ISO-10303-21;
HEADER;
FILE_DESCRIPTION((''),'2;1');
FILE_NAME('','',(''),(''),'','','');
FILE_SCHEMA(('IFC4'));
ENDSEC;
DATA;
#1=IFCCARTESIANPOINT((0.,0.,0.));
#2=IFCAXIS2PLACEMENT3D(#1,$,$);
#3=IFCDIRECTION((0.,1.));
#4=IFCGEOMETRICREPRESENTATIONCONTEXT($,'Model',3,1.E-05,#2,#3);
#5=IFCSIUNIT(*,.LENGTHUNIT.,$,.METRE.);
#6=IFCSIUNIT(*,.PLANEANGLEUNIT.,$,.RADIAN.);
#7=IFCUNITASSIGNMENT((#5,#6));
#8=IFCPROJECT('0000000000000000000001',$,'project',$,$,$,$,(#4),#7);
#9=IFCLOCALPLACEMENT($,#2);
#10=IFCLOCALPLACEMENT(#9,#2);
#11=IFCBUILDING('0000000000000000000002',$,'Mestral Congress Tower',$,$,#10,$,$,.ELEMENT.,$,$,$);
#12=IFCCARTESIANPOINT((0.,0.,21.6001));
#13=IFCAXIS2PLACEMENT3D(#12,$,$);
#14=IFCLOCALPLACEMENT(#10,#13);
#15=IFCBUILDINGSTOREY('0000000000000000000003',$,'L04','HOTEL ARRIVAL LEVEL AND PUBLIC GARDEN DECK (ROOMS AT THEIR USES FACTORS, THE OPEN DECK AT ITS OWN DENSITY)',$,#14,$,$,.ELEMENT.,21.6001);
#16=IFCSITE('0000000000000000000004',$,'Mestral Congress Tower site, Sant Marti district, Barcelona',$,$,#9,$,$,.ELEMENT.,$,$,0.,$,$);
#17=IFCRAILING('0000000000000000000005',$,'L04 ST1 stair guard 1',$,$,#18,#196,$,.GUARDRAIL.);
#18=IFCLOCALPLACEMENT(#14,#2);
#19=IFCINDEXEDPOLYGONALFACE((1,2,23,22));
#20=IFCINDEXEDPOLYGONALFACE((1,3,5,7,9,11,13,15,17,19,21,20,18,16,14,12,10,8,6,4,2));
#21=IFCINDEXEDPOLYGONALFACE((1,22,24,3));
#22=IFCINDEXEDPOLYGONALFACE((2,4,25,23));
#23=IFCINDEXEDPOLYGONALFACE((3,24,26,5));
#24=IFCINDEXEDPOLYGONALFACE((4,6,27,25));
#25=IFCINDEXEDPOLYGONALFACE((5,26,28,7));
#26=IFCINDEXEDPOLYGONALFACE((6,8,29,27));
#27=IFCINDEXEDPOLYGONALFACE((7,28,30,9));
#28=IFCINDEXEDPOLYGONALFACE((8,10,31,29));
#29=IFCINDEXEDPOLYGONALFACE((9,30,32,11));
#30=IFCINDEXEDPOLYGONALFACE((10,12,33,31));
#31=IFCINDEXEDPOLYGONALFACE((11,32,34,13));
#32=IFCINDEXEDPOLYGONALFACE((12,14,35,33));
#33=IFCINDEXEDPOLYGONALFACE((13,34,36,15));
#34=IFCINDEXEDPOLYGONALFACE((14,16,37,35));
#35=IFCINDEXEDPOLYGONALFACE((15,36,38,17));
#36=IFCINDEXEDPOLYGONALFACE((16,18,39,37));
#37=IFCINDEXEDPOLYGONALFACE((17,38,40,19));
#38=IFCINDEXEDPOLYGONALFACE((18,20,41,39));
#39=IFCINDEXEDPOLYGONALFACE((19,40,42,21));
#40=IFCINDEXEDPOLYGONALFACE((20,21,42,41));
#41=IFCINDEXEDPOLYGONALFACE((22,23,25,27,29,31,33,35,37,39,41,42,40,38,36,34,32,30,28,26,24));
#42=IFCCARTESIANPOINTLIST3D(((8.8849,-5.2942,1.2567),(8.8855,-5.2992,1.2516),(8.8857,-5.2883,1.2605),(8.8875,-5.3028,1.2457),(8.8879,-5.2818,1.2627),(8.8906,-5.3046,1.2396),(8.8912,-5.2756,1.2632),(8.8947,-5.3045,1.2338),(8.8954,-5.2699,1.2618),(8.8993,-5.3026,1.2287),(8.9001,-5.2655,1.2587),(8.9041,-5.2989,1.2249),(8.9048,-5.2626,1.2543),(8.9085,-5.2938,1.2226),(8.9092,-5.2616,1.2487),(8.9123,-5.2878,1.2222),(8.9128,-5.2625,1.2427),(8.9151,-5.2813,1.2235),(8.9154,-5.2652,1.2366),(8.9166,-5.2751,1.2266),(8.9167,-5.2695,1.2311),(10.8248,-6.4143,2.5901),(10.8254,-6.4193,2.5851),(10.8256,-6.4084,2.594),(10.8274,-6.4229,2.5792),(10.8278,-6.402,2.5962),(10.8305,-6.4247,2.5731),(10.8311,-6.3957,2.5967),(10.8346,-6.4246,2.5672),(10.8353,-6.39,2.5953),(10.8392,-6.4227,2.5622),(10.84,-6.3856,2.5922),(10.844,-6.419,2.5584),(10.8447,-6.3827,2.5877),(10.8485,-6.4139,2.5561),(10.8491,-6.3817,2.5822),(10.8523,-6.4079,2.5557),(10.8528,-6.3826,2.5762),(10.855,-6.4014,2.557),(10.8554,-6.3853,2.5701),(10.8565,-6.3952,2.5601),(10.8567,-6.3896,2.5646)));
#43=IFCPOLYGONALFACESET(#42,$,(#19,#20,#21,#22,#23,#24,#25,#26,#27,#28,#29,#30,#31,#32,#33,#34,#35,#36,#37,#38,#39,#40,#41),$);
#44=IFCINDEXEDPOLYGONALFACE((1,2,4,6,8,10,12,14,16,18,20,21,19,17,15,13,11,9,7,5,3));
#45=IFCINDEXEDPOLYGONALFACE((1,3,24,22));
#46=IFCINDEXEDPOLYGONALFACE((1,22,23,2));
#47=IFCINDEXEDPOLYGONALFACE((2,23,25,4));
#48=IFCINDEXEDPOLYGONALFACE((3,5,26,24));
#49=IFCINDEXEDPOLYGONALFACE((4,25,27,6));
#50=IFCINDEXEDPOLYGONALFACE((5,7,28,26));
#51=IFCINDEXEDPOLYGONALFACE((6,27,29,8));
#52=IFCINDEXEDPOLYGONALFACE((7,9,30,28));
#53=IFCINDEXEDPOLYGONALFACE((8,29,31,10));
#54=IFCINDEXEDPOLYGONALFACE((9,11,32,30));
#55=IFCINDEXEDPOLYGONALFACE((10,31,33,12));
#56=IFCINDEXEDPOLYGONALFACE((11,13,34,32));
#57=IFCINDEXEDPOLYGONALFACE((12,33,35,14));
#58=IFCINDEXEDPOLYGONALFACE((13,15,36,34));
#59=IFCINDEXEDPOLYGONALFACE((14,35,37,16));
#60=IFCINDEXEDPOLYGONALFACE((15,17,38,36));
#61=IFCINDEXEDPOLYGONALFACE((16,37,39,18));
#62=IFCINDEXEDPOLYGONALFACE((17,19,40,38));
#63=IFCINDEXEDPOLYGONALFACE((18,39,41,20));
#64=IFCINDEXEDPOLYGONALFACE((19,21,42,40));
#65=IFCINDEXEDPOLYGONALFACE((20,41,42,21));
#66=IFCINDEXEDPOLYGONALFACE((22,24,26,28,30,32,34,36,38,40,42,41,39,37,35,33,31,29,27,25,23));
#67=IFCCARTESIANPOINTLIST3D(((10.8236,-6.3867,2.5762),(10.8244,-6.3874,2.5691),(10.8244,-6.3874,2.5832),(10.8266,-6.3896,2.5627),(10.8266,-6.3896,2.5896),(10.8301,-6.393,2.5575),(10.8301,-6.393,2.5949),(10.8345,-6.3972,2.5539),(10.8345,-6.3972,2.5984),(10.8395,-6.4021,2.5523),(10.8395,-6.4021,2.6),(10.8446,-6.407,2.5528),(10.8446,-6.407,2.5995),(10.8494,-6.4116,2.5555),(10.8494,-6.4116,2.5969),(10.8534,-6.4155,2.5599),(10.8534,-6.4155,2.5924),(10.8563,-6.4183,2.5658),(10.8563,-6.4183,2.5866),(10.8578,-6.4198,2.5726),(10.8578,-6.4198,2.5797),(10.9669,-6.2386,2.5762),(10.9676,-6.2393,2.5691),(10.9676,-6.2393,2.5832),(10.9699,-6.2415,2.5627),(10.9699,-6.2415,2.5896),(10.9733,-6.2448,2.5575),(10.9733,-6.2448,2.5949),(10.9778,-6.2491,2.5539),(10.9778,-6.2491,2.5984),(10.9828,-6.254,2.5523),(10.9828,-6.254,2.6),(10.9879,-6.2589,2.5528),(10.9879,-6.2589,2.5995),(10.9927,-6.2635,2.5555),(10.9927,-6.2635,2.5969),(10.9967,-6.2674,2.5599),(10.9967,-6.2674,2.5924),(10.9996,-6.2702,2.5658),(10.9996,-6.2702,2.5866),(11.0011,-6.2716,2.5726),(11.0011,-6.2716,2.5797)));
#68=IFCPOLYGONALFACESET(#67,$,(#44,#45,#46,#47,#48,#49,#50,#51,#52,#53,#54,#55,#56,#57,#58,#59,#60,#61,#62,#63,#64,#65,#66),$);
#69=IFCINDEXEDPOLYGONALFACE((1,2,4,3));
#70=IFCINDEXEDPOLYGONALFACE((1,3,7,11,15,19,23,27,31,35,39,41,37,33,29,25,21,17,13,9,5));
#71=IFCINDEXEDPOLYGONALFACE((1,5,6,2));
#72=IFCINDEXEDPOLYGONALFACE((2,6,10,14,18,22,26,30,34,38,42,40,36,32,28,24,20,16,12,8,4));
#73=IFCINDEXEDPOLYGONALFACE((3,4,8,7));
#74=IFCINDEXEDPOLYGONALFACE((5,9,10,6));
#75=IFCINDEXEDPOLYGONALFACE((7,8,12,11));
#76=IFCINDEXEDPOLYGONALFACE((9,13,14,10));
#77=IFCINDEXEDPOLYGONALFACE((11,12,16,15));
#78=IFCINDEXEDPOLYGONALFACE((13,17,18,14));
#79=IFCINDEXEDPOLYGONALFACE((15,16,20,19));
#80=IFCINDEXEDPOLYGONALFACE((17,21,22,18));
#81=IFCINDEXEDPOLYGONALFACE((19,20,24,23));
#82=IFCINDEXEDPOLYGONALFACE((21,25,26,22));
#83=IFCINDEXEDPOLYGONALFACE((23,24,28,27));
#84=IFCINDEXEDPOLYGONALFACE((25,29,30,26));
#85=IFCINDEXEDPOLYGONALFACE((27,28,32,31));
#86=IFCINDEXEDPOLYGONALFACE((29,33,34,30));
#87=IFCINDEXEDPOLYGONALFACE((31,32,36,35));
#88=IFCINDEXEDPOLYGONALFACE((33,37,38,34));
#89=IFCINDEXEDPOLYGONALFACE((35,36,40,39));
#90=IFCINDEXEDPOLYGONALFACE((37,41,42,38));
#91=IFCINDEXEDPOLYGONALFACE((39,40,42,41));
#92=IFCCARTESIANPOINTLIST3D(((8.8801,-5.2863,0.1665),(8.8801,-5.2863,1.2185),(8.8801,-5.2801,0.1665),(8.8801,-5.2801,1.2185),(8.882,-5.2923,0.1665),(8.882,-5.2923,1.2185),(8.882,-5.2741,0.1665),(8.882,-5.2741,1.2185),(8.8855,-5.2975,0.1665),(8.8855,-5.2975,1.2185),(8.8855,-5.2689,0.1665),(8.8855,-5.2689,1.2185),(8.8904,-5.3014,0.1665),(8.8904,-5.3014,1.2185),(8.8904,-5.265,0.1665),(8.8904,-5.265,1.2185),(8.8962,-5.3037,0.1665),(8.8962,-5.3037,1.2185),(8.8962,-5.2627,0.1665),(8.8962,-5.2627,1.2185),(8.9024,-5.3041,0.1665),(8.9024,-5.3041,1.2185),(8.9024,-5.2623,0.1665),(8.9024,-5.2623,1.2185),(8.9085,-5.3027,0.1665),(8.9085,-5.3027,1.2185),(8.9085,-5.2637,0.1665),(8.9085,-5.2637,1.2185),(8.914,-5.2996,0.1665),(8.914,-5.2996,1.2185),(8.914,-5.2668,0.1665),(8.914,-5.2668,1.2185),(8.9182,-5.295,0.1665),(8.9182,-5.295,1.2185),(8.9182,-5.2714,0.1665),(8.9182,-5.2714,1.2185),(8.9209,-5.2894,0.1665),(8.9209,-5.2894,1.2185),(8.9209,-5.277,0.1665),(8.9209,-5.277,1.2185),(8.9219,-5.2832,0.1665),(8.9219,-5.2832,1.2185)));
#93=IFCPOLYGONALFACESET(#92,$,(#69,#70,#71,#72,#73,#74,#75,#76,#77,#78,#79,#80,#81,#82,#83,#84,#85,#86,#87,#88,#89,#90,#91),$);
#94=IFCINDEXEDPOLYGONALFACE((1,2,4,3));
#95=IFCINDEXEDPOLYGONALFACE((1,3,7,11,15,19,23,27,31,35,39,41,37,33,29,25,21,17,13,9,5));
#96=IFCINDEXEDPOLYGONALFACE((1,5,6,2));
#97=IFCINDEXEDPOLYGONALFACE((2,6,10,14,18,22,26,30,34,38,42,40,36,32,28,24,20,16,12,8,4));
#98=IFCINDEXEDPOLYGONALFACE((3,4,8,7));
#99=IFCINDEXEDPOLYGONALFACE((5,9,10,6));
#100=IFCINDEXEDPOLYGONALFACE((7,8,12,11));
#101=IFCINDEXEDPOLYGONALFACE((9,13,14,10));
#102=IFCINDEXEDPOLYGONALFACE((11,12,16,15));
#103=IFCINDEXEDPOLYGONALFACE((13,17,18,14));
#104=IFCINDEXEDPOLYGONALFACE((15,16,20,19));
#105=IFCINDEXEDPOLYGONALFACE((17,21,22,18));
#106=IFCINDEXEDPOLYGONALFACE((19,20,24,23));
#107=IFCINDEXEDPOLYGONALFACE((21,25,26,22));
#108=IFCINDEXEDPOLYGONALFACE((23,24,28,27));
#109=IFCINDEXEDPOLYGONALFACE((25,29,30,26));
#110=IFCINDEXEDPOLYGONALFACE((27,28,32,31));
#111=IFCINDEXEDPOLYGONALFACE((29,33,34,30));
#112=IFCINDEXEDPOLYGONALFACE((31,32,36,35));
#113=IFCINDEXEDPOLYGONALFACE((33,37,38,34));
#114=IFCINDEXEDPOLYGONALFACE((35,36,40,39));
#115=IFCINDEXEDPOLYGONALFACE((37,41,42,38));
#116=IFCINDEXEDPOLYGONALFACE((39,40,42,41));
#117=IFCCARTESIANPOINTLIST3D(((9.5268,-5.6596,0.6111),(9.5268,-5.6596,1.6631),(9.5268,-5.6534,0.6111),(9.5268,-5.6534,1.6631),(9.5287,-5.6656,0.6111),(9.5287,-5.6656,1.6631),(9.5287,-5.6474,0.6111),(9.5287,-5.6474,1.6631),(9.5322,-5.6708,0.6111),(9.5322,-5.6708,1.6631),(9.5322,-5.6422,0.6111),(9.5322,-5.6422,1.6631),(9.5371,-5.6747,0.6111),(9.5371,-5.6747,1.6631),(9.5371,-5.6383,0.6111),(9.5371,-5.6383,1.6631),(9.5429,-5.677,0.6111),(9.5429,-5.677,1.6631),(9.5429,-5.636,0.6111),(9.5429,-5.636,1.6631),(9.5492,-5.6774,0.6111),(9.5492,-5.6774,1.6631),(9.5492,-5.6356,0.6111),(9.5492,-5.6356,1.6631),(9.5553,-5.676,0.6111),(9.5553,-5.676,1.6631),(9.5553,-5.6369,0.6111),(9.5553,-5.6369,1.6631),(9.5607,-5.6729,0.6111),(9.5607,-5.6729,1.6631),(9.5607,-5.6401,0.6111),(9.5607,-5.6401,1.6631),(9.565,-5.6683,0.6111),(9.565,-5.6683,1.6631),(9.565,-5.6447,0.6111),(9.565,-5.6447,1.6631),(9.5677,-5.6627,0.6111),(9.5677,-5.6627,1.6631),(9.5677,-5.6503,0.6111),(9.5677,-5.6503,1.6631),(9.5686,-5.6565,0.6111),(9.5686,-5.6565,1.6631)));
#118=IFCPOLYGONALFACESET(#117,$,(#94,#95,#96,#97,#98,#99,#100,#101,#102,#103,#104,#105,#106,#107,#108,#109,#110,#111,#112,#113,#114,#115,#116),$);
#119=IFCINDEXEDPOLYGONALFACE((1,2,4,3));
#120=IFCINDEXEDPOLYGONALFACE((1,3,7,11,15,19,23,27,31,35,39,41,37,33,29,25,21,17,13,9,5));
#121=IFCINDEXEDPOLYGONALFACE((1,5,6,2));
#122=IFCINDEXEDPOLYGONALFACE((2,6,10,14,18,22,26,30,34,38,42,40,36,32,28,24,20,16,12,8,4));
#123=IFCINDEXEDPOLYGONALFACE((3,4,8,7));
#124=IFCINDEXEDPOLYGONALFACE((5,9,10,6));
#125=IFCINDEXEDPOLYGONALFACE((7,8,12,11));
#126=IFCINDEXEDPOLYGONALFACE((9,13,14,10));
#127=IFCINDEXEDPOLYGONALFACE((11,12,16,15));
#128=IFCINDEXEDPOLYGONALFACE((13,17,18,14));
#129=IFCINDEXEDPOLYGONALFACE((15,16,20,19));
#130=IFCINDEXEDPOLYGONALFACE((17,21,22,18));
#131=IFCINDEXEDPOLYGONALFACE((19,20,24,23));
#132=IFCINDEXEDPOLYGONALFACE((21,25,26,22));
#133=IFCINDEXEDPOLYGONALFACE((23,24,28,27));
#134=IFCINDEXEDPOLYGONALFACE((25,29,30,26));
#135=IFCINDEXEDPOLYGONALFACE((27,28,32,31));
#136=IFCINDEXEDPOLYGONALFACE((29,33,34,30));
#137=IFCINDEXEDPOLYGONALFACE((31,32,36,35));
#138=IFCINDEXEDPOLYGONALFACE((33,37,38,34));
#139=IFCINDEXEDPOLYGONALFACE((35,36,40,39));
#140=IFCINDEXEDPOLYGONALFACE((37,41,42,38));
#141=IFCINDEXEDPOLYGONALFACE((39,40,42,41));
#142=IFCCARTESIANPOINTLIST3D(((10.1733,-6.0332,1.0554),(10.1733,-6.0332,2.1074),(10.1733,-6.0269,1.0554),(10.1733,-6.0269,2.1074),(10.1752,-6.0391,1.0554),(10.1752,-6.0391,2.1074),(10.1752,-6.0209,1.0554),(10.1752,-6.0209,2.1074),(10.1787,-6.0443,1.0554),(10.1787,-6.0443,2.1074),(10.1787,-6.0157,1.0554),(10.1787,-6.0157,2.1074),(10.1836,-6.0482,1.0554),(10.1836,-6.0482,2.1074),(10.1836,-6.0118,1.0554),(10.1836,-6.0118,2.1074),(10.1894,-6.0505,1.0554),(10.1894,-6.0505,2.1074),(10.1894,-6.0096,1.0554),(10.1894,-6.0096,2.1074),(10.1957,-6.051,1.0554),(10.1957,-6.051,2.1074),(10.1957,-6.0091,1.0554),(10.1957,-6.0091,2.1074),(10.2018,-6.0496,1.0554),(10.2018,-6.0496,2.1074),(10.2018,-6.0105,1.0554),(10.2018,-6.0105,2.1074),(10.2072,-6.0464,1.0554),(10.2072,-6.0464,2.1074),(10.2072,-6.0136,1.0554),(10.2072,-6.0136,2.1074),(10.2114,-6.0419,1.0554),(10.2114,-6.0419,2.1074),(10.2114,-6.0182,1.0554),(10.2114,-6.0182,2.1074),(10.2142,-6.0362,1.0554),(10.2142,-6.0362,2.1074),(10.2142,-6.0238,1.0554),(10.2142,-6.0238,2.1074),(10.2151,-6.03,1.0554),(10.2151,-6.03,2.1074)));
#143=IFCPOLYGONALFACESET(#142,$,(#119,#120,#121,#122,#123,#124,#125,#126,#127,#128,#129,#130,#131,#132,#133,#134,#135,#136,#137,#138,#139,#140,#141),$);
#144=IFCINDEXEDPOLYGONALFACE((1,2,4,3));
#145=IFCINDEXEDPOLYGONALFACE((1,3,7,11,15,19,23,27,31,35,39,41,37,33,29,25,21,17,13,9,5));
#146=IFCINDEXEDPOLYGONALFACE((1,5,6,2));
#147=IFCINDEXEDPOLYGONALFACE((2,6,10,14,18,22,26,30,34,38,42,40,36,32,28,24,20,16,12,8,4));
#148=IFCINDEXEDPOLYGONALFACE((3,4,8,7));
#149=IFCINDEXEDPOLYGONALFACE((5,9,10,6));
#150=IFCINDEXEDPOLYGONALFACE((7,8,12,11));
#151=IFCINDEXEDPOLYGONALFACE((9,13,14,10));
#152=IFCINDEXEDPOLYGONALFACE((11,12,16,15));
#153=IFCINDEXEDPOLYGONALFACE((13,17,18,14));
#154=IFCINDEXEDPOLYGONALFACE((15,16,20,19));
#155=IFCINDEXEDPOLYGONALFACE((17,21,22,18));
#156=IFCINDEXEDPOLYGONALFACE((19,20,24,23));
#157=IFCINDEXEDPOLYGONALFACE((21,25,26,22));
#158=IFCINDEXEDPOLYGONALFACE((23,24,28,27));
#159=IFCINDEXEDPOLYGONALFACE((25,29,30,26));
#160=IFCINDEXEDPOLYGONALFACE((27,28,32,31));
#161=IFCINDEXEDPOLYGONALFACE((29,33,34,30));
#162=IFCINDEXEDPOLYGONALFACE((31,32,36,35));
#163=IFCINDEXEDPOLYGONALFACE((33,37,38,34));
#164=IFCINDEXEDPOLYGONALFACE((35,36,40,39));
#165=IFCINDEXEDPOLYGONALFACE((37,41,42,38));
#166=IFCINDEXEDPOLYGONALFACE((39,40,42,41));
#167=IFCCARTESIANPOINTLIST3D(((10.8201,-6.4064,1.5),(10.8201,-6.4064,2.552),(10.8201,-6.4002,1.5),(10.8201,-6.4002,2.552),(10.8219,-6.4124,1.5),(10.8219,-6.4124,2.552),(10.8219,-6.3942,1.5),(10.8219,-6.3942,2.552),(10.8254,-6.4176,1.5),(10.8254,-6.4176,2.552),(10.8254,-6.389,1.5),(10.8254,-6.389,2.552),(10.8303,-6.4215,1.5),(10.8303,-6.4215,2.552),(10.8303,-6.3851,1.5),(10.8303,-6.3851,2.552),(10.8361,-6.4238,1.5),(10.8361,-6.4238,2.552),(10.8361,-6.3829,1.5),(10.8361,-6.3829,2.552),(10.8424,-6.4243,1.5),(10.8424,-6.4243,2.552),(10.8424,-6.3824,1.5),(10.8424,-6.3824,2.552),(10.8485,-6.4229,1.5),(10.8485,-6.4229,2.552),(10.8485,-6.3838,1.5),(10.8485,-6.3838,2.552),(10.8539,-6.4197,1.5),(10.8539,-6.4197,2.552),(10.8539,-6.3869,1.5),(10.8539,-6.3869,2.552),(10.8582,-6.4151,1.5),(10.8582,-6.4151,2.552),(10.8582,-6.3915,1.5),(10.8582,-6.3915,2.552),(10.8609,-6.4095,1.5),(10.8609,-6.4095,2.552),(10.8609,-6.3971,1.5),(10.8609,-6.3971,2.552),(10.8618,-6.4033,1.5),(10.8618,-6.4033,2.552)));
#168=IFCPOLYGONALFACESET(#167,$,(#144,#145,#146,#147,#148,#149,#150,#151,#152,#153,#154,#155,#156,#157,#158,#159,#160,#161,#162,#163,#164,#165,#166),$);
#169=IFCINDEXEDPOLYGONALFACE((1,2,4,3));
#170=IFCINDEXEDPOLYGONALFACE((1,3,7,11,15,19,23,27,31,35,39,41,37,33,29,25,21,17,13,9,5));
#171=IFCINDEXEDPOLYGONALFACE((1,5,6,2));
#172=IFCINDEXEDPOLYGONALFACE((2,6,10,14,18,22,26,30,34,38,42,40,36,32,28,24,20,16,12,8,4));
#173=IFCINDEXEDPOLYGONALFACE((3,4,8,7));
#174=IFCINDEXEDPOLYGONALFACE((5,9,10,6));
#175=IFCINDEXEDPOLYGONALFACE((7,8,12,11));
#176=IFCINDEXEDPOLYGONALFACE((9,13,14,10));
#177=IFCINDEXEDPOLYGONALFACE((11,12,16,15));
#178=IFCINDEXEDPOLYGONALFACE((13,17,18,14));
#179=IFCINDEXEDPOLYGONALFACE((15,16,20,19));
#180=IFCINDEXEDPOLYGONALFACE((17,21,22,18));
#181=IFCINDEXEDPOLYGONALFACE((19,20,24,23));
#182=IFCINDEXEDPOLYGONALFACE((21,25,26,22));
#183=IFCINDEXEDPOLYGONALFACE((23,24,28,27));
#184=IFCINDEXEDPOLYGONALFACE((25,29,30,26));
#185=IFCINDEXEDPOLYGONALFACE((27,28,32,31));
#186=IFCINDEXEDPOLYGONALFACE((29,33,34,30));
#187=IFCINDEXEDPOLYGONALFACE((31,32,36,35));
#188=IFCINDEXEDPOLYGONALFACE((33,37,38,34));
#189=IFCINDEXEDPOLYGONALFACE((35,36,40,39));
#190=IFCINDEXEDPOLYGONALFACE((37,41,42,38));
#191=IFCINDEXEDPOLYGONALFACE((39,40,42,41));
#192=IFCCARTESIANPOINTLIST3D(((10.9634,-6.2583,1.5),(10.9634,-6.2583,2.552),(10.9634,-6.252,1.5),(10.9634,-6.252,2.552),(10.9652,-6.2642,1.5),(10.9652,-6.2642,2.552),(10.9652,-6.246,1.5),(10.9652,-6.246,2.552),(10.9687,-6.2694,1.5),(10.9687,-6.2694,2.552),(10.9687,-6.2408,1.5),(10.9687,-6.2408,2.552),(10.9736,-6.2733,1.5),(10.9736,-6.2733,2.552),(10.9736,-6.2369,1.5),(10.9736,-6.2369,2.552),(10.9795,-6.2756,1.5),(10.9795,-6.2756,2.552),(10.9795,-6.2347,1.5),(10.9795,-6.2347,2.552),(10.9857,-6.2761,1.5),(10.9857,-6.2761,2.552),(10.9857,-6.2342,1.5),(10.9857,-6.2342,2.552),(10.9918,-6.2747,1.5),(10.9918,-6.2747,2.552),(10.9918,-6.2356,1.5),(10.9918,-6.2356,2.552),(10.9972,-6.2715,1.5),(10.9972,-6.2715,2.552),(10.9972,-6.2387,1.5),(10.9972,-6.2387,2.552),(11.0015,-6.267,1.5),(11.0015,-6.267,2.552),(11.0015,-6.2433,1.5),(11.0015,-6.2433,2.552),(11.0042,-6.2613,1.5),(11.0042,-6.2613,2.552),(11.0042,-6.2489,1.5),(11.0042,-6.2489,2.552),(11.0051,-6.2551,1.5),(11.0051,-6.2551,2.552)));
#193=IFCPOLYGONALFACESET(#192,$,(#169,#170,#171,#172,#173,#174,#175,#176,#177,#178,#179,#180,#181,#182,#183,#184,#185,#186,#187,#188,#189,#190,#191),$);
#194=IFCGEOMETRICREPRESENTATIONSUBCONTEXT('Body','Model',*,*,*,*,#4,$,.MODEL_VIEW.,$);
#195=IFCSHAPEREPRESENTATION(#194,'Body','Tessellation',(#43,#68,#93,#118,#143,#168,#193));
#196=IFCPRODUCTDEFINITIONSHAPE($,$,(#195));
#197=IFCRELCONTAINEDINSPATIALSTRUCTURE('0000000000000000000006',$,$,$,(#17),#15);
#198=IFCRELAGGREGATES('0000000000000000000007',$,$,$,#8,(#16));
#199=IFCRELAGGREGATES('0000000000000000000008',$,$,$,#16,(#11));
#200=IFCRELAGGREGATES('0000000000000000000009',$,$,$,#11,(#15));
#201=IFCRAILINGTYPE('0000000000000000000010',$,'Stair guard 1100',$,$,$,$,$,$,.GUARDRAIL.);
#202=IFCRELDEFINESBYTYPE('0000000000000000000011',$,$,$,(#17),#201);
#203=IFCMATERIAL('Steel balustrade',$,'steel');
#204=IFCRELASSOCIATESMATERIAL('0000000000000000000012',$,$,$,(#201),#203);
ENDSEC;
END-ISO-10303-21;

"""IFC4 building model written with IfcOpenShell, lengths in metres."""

from ifc_helpers import new_model, si_unit, direction, frame, origin, origin_2d, place, context, subcontext, project, spatial, circle, extrude, material, type_object, element, save


model = new_model("IFC4")

# Units and contexts
model_context = context("Model", 3, precision=1e-05, world=origin(), true_north=direction((0.0, 1.0)))
body_context = subcontext(model_context, "Body", "Model", "MODEL_VIEW")
ifc_project = project(units=[si_unit("LENGTHUNIT", "METRE"), si_unit("PLANEANGLEUNIT", "RADIAN")], contexts=[model_context])

# Site, building, storey
site_placement = place(None, origin())
site = spatial("IfcSite", under=ifc_project, at=site_placement, Name="Mestral Congress Tower site, Sant Marti district, Barcelona", CompositionType="ELEMENT", RefElevation=0.0)
building_placement = place(site_placement, origin())
building = spatial("IfcBuilding", under=site, at=building_placement, Name="Mestral Congress Tower", CompositionType="ELEMENT")
storey_placement = place(building_placement, frame((0.0, 0.0, 21.6001)))
storey = spatial("IfcBuildingStorey", under=building, at=storey_placement, Name="L04", Description="HOTEL ARRIVAL LEVEL AND PUBLIC GARDEN DECK (ROOMS AT THEIR USES FACTORS, THE OPEN DECK AT ITS OWN DENSITY)", CompositionType="ELEMENT", Elevation=21.6001)

# Railing
ifc_material_1 = material(Name="Steel balustrade", Category="steel")
railing_type_1 = type_object("IfcRailingType", Name="Stair guard 1100", PredefinedType="GUARDRAIL", material=ifc_material_1)
for number, where, name in (
    (1, (8.9009, -5.2832, 0.1665), "L04 ST1 stair guard 1"),
):
    element("IfcRailing", number, at=place(storey_placement, frame(where)), inside=storey, type_object=railing_type_1, Name=name, PredefinedType="GUARDRAIL", context=body_context, shape_type="SweptSolid", body=[
        extrude(circle(Radius=0.0239, at=origin_2d()), frame((0.0, 0.0, 1.0762), z_axis=(0.744139, -0.429664, 0.511514), x_axis=(0.500031, 0.866008, 0.0)), (0.0, 0.0, 1.0), 2.6069),
        extrude(circle(Radius=0.0239, at=origin_2d()), frame((1.9399, -1.1201, 2.4097), z_axis=(0.695165, 0.71885, 0.0), x_axis=(-0.71885, 0.695165, 0.0)), (0.0, 0.0, 1.0), 0.2061),
        extrude(circle(Radius=0.021, at=origin_2d()), origin(), (0.0, 0.0, 1.0), 1.052),
        extrude(circle(Radius=0.021, at=origin_2d()), frame((0.6467, -0.3733, 0.4446)), (0.0, 0.0, 1.0), 1.052),
        extrude(circle(Radius=0.021, at=origin_2d()), frame((1.2932, -0.7468, 0.8889)), (0.0, 0.0, 1.0), 1.052),
        extrude(circle(Radius=0.021, at=origin_2d()), frame((1.9399, -1.1201, 1.3335)), (0.0, 0.0, 1.0), 1.052),
        extrude(circle(Radius=0.021, at=origin_2d()), frame((2.0833, -0.9719, 1.3335)), (0.0, 0.0, 1.0), 1.052),
    ])

save(model, "model.ifc")
